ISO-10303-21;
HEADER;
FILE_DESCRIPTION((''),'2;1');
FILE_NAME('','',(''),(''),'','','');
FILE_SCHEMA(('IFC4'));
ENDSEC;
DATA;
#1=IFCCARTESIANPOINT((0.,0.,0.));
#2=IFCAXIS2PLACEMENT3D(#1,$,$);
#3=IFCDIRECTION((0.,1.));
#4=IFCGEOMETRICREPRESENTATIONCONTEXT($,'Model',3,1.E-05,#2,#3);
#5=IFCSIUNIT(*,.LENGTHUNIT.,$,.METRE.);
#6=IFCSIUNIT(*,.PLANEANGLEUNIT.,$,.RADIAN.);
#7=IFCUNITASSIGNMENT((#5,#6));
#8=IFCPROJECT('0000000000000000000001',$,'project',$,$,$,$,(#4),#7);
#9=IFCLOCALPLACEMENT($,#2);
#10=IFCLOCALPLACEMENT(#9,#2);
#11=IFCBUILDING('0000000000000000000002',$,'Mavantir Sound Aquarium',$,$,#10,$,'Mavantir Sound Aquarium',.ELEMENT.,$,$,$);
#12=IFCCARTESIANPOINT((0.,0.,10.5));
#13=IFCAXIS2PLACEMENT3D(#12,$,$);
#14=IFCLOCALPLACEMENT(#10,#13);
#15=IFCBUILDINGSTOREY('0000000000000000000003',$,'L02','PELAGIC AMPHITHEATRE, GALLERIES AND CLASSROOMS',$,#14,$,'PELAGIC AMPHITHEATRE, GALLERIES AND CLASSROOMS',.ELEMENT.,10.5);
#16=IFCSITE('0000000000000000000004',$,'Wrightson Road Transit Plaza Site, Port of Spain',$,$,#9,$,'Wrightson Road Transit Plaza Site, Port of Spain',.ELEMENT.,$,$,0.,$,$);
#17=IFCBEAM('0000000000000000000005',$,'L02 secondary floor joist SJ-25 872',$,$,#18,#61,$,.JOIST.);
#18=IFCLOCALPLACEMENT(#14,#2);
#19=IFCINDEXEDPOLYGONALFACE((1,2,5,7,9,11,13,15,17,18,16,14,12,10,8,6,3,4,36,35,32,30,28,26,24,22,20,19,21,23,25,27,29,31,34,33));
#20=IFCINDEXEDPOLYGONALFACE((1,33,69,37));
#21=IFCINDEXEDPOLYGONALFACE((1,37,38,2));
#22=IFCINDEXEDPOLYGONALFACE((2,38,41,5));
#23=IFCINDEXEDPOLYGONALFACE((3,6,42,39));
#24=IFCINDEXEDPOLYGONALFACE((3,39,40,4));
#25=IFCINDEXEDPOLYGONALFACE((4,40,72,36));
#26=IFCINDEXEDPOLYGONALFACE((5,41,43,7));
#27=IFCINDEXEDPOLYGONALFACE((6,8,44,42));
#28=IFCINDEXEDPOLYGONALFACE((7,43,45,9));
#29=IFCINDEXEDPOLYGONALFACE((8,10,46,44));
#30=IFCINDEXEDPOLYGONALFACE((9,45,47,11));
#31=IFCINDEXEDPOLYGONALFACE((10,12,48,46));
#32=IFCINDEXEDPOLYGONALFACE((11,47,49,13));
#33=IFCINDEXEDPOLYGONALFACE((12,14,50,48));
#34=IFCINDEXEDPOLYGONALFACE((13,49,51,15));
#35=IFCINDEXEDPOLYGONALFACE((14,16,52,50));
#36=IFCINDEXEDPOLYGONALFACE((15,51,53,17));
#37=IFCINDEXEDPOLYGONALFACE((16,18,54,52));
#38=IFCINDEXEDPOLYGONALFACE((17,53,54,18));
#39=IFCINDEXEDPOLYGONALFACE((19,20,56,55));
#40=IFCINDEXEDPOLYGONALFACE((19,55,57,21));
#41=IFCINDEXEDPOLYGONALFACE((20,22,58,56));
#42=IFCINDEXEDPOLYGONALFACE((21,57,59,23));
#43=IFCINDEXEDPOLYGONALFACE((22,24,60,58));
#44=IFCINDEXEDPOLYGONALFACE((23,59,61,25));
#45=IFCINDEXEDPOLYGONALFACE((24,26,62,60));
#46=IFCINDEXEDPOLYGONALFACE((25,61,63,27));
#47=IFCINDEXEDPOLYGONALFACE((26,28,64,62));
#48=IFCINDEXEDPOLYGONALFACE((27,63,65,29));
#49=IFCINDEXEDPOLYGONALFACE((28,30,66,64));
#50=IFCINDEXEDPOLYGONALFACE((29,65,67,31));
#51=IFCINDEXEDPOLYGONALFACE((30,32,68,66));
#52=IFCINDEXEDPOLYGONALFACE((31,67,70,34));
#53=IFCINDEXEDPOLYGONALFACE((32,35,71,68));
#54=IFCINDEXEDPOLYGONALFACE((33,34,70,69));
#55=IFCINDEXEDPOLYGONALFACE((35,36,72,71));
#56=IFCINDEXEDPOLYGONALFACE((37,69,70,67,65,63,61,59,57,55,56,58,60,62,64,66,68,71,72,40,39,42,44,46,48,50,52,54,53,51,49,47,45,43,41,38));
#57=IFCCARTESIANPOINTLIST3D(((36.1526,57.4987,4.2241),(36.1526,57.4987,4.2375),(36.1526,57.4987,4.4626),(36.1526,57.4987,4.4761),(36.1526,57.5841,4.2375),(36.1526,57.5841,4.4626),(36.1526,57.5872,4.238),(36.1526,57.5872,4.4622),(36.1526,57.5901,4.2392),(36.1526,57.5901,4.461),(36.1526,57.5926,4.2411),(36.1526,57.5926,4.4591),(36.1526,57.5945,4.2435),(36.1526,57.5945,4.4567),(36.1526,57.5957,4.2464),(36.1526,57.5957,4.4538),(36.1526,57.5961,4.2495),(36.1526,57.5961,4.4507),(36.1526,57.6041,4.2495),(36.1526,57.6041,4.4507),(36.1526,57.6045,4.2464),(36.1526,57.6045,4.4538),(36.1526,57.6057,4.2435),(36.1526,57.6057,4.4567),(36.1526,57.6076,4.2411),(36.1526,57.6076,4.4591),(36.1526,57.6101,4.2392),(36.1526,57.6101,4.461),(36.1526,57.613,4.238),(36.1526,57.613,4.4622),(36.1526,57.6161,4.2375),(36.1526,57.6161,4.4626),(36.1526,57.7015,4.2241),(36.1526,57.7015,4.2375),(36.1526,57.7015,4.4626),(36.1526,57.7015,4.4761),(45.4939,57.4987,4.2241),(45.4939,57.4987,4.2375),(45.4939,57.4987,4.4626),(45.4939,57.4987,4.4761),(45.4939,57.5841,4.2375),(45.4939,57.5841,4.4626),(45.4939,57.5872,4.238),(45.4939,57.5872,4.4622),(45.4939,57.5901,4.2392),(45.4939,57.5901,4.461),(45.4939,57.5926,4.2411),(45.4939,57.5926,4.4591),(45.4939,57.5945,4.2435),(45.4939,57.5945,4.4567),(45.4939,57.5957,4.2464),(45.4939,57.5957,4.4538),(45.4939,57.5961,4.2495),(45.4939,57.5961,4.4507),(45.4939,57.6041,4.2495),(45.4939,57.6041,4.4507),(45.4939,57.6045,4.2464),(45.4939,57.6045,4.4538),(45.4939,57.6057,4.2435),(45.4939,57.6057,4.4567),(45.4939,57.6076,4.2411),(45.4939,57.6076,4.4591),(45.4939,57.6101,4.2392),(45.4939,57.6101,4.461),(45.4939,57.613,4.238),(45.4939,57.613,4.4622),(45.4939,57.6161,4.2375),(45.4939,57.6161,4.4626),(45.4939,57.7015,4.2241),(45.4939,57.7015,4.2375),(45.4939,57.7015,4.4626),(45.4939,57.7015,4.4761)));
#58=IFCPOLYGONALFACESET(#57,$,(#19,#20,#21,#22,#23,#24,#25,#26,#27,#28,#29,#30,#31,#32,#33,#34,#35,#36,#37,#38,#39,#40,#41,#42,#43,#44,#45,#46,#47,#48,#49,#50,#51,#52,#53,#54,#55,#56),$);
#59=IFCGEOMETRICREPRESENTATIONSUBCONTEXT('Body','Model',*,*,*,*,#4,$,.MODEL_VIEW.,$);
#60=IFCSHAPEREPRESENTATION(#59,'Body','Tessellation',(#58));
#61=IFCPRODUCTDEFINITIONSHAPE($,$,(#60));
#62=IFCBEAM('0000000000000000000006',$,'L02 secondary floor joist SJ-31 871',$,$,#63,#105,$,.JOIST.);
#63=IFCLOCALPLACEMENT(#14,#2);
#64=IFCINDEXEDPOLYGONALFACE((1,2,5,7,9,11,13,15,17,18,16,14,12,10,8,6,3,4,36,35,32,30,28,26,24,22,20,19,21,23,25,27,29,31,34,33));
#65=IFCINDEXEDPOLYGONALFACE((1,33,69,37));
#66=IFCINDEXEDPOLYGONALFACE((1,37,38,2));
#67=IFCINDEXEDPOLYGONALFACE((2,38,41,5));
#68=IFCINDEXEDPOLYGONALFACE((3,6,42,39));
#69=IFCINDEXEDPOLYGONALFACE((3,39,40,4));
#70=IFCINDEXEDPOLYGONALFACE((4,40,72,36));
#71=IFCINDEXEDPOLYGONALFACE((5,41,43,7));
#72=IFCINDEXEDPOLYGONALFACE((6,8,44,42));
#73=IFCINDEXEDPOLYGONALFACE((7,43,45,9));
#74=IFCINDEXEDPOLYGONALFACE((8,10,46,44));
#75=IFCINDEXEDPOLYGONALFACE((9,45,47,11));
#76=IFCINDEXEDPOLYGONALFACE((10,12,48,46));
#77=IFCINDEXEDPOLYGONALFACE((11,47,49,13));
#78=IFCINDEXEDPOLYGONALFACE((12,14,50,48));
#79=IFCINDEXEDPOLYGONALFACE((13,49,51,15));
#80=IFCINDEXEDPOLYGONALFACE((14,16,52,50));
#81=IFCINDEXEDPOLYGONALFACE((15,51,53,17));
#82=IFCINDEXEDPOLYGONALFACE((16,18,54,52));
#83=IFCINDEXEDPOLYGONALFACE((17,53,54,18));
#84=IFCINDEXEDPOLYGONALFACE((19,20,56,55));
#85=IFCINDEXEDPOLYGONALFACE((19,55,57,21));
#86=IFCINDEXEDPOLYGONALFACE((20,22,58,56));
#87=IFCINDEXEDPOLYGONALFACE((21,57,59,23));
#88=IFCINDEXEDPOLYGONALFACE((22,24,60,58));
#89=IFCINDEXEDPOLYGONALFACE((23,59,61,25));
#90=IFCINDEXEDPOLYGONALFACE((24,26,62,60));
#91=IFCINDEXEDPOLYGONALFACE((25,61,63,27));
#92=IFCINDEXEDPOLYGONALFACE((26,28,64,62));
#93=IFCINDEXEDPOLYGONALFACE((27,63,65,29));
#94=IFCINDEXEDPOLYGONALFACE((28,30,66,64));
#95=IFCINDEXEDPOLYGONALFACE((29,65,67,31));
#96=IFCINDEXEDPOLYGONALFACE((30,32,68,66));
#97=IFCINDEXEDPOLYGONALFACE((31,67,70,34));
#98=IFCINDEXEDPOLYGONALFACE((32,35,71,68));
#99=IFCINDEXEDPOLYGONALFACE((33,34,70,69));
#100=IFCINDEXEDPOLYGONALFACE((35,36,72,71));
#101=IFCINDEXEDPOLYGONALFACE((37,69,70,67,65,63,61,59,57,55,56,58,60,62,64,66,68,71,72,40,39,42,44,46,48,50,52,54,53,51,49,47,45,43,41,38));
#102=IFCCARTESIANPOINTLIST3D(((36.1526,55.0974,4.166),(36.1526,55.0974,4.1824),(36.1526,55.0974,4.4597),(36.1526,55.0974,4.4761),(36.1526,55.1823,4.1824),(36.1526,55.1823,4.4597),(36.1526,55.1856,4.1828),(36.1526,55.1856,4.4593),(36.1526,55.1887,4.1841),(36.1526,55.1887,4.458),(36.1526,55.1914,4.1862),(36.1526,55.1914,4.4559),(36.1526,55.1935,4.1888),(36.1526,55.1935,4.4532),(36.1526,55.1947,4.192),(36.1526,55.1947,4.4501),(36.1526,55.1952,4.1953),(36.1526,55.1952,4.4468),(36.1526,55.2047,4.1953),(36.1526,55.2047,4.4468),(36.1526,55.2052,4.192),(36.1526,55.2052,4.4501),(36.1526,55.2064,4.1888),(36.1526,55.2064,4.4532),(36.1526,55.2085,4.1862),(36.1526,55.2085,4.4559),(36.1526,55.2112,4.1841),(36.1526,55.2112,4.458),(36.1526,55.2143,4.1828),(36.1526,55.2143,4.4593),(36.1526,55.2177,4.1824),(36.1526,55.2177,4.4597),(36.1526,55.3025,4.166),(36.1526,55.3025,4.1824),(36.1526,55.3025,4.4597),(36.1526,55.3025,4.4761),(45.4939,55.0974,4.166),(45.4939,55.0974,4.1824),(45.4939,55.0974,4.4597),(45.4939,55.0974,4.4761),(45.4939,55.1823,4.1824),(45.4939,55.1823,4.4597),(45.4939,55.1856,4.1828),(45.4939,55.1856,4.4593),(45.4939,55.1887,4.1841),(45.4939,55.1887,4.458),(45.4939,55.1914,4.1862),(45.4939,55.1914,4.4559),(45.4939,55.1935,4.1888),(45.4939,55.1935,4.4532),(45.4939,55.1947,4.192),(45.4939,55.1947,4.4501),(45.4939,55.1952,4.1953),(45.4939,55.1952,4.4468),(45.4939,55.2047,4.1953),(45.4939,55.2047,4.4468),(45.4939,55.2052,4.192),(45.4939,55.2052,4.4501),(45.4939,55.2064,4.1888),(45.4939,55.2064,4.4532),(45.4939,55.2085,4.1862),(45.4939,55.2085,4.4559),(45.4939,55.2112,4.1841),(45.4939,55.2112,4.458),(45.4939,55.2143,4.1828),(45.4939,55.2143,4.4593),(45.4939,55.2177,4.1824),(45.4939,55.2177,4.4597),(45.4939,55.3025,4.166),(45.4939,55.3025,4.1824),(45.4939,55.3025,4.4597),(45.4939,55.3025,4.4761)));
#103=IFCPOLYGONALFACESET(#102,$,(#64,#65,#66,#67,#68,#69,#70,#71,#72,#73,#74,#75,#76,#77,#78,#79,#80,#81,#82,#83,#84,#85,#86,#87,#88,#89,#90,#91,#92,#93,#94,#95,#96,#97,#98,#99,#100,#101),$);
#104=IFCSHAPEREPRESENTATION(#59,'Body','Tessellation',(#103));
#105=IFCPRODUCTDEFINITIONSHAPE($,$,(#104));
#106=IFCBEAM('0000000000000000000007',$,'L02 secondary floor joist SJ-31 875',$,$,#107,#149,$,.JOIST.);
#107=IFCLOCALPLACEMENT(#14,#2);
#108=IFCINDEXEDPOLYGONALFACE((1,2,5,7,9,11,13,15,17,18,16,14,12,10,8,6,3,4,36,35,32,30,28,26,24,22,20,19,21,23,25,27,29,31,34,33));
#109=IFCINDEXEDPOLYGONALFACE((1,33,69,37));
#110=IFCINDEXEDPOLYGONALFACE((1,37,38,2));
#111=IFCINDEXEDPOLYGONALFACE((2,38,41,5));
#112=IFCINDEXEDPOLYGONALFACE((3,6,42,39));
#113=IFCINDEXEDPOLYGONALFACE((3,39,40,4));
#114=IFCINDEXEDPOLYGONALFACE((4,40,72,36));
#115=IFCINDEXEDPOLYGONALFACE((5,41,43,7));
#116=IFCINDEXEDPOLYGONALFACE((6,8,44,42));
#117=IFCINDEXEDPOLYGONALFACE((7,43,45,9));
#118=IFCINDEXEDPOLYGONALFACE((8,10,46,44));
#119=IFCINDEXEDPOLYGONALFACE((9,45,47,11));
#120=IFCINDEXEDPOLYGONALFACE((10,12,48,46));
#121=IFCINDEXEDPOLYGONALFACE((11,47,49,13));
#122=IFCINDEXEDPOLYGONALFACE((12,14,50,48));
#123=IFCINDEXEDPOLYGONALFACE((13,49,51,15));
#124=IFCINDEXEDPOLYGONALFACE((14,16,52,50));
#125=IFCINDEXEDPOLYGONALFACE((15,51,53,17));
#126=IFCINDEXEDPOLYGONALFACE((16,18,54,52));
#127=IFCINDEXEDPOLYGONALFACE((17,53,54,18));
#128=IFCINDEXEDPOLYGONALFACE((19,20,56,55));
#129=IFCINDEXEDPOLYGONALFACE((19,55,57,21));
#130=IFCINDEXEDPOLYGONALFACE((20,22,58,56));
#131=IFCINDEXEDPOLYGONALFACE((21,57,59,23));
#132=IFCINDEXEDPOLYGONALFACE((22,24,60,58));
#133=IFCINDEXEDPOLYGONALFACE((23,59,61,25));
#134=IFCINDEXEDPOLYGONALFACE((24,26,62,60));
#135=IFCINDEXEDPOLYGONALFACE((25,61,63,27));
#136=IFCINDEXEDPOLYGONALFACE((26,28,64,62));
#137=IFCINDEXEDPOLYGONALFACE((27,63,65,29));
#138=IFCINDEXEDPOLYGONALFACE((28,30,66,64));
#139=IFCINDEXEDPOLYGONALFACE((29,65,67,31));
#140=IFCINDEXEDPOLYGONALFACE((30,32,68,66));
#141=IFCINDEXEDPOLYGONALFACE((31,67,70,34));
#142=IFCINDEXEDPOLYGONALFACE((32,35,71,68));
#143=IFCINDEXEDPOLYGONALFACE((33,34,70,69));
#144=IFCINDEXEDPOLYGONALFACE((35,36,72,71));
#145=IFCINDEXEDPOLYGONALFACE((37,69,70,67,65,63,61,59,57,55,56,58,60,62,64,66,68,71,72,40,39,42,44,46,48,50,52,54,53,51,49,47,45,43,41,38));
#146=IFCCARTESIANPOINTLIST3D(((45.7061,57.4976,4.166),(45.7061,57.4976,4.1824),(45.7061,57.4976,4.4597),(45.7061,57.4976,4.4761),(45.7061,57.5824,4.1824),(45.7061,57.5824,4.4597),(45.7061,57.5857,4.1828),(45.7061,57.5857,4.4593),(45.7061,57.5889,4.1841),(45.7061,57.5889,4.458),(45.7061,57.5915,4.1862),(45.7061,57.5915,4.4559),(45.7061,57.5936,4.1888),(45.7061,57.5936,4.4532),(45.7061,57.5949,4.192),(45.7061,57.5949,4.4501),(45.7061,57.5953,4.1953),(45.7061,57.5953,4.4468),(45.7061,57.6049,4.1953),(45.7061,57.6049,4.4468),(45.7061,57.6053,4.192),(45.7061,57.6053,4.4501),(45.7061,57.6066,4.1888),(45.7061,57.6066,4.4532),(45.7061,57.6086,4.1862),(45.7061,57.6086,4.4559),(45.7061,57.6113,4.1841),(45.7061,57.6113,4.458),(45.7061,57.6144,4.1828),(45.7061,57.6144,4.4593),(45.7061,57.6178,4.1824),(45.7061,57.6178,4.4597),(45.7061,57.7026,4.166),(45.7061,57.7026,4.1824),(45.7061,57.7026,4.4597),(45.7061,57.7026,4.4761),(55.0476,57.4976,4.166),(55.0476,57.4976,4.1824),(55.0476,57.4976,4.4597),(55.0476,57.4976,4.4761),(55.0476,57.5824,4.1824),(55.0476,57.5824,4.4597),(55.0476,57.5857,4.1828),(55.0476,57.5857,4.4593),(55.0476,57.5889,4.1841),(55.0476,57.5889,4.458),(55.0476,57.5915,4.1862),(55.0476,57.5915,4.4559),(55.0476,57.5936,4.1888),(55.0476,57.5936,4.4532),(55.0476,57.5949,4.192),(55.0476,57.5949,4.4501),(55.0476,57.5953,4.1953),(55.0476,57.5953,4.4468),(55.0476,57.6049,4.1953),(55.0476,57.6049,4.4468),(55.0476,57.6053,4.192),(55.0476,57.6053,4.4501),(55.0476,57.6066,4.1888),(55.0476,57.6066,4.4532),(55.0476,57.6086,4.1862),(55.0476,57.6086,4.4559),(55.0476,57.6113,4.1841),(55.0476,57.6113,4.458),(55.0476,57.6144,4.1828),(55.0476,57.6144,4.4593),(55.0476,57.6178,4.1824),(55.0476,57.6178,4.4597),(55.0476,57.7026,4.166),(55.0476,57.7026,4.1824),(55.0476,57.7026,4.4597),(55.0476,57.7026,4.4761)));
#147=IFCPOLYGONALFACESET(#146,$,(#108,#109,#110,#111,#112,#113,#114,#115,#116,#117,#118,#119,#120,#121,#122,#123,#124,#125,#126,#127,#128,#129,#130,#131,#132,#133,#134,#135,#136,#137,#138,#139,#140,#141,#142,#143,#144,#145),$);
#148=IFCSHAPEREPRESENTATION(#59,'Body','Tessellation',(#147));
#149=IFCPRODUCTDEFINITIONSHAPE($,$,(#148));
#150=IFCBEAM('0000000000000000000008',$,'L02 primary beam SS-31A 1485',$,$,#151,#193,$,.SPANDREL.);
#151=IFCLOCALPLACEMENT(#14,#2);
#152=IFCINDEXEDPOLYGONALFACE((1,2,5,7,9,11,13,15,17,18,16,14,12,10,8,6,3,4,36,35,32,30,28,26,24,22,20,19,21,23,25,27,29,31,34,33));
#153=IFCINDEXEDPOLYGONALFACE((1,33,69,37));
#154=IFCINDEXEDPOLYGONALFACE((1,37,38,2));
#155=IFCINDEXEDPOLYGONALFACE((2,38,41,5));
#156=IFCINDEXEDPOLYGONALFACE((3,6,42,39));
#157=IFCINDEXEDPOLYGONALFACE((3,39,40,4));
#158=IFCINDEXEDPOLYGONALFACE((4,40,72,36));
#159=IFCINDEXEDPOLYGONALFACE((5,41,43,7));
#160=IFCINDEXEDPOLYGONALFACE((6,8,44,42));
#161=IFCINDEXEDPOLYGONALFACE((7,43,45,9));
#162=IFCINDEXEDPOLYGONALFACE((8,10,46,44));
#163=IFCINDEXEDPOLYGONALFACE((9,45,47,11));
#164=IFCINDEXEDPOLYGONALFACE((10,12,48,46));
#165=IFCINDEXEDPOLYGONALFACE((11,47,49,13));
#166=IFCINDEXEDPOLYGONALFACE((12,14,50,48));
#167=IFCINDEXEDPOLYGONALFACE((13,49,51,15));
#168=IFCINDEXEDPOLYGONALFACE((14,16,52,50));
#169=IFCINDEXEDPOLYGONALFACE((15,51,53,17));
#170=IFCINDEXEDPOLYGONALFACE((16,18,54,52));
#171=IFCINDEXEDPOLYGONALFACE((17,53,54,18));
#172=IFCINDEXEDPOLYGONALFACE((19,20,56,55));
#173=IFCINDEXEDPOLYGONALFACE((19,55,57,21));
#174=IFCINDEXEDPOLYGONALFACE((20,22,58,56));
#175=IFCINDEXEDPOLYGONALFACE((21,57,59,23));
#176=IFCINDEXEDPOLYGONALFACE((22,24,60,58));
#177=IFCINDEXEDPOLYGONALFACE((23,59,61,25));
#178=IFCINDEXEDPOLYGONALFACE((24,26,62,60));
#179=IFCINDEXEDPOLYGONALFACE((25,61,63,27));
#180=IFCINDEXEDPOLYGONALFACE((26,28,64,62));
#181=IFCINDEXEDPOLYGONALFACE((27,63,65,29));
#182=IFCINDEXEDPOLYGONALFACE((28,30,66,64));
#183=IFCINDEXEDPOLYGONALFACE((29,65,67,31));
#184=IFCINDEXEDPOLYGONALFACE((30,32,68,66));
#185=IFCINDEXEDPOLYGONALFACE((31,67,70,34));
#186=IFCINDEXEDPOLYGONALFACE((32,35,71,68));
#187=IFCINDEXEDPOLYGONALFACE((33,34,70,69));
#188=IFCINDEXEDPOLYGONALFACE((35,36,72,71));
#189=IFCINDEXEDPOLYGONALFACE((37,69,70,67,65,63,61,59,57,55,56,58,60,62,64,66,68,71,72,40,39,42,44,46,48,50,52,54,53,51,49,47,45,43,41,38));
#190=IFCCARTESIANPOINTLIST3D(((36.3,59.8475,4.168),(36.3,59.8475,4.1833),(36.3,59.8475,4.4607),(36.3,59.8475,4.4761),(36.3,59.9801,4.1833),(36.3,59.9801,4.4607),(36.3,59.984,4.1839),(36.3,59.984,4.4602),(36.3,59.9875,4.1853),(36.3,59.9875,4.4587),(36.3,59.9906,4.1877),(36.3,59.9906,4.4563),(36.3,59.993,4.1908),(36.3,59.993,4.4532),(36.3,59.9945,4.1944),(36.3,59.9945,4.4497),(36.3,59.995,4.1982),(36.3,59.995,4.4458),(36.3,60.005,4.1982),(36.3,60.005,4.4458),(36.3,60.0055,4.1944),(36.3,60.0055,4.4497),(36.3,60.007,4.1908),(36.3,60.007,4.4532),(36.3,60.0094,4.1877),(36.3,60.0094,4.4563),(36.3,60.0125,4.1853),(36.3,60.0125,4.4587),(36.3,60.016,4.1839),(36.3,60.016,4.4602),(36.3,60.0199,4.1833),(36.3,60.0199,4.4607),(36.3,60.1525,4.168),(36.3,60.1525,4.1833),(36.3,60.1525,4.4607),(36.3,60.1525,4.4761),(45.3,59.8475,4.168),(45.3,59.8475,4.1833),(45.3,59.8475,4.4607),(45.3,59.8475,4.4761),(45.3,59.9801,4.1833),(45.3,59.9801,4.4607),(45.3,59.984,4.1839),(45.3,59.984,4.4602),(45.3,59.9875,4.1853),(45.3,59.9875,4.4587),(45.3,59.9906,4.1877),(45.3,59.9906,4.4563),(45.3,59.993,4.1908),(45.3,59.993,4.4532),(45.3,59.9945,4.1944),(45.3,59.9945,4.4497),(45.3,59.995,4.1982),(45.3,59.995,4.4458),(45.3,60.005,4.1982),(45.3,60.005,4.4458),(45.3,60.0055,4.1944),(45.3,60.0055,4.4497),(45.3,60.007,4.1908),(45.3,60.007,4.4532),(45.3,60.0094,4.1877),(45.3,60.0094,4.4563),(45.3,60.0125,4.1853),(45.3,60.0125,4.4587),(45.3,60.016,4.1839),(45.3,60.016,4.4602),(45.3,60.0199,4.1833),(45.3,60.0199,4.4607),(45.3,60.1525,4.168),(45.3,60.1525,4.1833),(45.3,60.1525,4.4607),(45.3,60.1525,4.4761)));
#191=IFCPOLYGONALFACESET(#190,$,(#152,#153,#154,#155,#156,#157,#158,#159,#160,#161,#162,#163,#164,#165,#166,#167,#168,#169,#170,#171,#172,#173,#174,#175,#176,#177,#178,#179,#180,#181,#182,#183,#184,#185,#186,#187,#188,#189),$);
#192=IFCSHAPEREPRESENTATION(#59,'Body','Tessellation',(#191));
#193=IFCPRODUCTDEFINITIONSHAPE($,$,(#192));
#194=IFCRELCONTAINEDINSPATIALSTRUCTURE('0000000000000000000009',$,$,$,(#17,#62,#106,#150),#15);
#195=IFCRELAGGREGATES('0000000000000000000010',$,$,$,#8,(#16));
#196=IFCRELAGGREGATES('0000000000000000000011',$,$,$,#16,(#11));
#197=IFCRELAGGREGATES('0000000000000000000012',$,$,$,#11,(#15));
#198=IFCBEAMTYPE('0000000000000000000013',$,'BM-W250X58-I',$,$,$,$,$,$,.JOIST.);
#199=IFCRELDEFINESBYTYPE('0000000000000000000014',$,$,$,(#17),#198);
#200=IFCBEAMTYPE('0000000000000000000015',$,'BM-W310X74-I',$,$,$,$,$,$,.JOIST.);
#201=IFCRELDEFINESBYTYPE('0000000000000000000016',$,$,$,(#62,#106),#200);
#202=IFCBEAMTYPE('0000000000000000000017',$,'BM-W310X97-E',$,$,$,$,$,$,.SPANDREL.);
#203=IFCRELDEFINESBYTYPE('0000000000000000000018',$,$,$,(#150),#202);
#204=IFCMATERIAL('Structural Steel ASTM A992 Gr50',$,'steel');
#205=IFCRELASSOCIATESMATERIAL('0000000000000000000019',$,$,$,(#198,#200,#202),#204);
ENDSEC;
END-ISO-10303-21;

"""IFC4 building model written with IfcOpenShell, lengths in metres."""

from ifc_helpers import new_model, si_unit, direction, frame, origin, origin_2d, place, context, subcontext, project, spatial, i_section, extrude, material, material_profile, profile_set, type_object, element, save


model = new_model("IFC4")

# Units and contexts
model_context = context("Model", 3, precision=1e-05, world=origin(), true_north=direction((0.0, 1.0)))
body_context = subcontext(model_context, "Body", "Model", "MODEL_VIEW")
ifc_project = project(units=[si_unit("LENGTHUNIT", "METRE"), si_unit("PLANEANGLEUNIT", "RADIAN")], contexts=[model_context])

# Site, building, storey
site_placement = place(None, origin())
site = spatial("IfcSite", under=ifc_project, at=site_placement, Name="Wrightson Road Transit Plaza Site, Port of Spain", LongName="Wrightson Road Transit Plaza Site, Port of Spain", CompositionType="ELEMENT", RefElevation=0.0)
building_placement = place(site_placement, origin())
building = spatial("IfcBuilding", under=site, at=building_placement, Name="Mavantir Sound Aquarium", LongName="Mavantir Sound Aquarium", CompositionType="ELEMENT")
storey_placement = place(building_placement, frame((0.0, 0.0, 10.5)))
storey = spatial("IfcBuildingStorey", under=building, at=storey_placement, Name="L02", Description="PELAGIC AMPHITHEATRE, GALLERIES AND CLASSROOMS", LongName="PELAGIC AMPHITHEATRE, GALLERIES AND CLASSROOMS", CompositionType="ELEMENT", Elevation=10.5)

# Beams
ifc_material_1 = material(Name="Structural Steel ASTM A992 Gr50", Category="steel")
ifc_material_profile_1 = material_profile(ifc_material_1, i_section(OverallWidth=0.2029, OverallDepth=0.252, WebThickness=0.0081, FlangeThickness=0.0134, FilletRadius=0.012, at=origin_2d()), Name="W250X58")
ifc_profile_set_1 = profile_set([ifc_material_profile_1], Name="Structural Steel ASTM A992 Gr50")
beam_type_1 = type_object("IfcBeamType", Name="BM-W250X58-I", PredefinedType="JOIST", material=ifc_profile_set_1)
beam_1_placement = place(storey_placement, frame((36.1526, 57.6001, 4.3501), z_axis=(1.0, 0.0, 0.0), x_axis=(0.0, 1.0, 0.0)))
element("IfcBeam", 1, at=beam_1_placement, inside=storey, type_object=beam_type_1, Name="L02 secondary floor joist SJ-25 872", PredefinedType="JOIST", context=body_context, shape_type="SweptSolid", body=[
    extrude(i_section(OverallWidth=0.2029, OverallDepth=0.252, WebThickness=0.0081, FlangeThickness=0.0134, FilletRadius=0.012, at=origin_2d()), origin(), (0.0, 0.0, 1.0), 9.3413),
])
ifc_material_profile_2 = material_profile(ifc_material_1, i_section(OverallWidth=0.2051, OverallDepth=0.3101, WebThickness=0.0095, FlangeThickness=0.0164, FilletRadius=0.0129, at=origin_2d()), Name="W310X74")
ifc_profile_set_2 = profile_set([ifc_material_profile_2], Name="Structural Steel ASTM A992 Gr50")
beam_type_2 = type_object("IfcBeamType", Name="BM-W310X74-I", PredefinedType="JOIST", material=ifc_profile_set_2)
beam_2_placement = place(storey_placement, frame((36.1526, 55.2, 4.321), z_axis=(1.0, 0.0, 0.0), x_axis=(0.0, 1.0, 0.0)))
element("IfcBeam", 2, at=beam_2_placement, inside=storey, type_object=beam_type_2, Name="L02 secondary floor joist SJ-31 871", PredefinedType="JOIST", context=body_context, shape_type="SweptSolid", body=[
    extrude(i_section(OverallWidth=0.2051, OverallDepth=0.3101, WebThickness=0.0095, FlangeThickness=0.0164, FilletRadius=0.0129, at=origin_2d()), origin(), (0.0, 0.0, 1.0), 9.3413),
])
beam_3_placement = place(storey_placement, frame((45.7061, 57.6001, 4.321), z_axis=(1.0, 0.0, 0.0), x_axis=(0.0, 1.0, 0.0)))
element("IfcBeam", 3, at=beam_3_placement, inside=storey, type_object=beam_type_2, Name="L02 secondary floor joist SJ-31 875", PredefinedType="JOIST", context=body_context, shape_type="SweptSolid", body=[
    extrude(i_section(OverallWidth=0.2051, OverallDepth=0.3101, WebThickness=0.0095, FlangeThickness=0.0164, FilletRadius=0.0129, at=origin_2d()), origin(), (0.0, 0.0, 1.0), 9.3416),
])
ifc_material_profile_3 = material_profile(ifc_material_1, i_section(OverallWidth=0.3049, OverallDepth=0.3081, WebThickness=0.01, FlangeThickness=0.0154, FilletRadius=0.0149, at=origin_2d()), Name="W310X97")
ifc_profile_set_3 = profile_set([ifc_material_profile_3], Name="Structural Steel ASTM A992 Gr50")
beam_type_3 = type_object("IfcBeamType", Name="BM-W310X97-E", PredefinedType="SPANDREL", material=ifc_profile_set_3)
beam_4_placement = place(storey_placement, frame((36.3, 60.0, 4.322), z_axis=(1.0, 0.0, 0.0), x_axis=(0.0, 1.0, 0.0)))
element("IfcBeam", 4, at=beam_4_placement, inside=storey, type_object=beam_type_3, Name="L02 primary beam SS-31A 1485", PredefinedType="SPANDREL", context=body_context, shape_type="SweptSolid", body=[
    extrude(i_section(OverallWidth=0.3049, OverallDepth=0.3081, WebThickness=0.01, FlangeThickness=0.0154, FilletRadius=0.0149, at=origin_2d()), origin(), (0.0, 0.0, 1.0), 9.0),
])

save(model, "model.ifc")
